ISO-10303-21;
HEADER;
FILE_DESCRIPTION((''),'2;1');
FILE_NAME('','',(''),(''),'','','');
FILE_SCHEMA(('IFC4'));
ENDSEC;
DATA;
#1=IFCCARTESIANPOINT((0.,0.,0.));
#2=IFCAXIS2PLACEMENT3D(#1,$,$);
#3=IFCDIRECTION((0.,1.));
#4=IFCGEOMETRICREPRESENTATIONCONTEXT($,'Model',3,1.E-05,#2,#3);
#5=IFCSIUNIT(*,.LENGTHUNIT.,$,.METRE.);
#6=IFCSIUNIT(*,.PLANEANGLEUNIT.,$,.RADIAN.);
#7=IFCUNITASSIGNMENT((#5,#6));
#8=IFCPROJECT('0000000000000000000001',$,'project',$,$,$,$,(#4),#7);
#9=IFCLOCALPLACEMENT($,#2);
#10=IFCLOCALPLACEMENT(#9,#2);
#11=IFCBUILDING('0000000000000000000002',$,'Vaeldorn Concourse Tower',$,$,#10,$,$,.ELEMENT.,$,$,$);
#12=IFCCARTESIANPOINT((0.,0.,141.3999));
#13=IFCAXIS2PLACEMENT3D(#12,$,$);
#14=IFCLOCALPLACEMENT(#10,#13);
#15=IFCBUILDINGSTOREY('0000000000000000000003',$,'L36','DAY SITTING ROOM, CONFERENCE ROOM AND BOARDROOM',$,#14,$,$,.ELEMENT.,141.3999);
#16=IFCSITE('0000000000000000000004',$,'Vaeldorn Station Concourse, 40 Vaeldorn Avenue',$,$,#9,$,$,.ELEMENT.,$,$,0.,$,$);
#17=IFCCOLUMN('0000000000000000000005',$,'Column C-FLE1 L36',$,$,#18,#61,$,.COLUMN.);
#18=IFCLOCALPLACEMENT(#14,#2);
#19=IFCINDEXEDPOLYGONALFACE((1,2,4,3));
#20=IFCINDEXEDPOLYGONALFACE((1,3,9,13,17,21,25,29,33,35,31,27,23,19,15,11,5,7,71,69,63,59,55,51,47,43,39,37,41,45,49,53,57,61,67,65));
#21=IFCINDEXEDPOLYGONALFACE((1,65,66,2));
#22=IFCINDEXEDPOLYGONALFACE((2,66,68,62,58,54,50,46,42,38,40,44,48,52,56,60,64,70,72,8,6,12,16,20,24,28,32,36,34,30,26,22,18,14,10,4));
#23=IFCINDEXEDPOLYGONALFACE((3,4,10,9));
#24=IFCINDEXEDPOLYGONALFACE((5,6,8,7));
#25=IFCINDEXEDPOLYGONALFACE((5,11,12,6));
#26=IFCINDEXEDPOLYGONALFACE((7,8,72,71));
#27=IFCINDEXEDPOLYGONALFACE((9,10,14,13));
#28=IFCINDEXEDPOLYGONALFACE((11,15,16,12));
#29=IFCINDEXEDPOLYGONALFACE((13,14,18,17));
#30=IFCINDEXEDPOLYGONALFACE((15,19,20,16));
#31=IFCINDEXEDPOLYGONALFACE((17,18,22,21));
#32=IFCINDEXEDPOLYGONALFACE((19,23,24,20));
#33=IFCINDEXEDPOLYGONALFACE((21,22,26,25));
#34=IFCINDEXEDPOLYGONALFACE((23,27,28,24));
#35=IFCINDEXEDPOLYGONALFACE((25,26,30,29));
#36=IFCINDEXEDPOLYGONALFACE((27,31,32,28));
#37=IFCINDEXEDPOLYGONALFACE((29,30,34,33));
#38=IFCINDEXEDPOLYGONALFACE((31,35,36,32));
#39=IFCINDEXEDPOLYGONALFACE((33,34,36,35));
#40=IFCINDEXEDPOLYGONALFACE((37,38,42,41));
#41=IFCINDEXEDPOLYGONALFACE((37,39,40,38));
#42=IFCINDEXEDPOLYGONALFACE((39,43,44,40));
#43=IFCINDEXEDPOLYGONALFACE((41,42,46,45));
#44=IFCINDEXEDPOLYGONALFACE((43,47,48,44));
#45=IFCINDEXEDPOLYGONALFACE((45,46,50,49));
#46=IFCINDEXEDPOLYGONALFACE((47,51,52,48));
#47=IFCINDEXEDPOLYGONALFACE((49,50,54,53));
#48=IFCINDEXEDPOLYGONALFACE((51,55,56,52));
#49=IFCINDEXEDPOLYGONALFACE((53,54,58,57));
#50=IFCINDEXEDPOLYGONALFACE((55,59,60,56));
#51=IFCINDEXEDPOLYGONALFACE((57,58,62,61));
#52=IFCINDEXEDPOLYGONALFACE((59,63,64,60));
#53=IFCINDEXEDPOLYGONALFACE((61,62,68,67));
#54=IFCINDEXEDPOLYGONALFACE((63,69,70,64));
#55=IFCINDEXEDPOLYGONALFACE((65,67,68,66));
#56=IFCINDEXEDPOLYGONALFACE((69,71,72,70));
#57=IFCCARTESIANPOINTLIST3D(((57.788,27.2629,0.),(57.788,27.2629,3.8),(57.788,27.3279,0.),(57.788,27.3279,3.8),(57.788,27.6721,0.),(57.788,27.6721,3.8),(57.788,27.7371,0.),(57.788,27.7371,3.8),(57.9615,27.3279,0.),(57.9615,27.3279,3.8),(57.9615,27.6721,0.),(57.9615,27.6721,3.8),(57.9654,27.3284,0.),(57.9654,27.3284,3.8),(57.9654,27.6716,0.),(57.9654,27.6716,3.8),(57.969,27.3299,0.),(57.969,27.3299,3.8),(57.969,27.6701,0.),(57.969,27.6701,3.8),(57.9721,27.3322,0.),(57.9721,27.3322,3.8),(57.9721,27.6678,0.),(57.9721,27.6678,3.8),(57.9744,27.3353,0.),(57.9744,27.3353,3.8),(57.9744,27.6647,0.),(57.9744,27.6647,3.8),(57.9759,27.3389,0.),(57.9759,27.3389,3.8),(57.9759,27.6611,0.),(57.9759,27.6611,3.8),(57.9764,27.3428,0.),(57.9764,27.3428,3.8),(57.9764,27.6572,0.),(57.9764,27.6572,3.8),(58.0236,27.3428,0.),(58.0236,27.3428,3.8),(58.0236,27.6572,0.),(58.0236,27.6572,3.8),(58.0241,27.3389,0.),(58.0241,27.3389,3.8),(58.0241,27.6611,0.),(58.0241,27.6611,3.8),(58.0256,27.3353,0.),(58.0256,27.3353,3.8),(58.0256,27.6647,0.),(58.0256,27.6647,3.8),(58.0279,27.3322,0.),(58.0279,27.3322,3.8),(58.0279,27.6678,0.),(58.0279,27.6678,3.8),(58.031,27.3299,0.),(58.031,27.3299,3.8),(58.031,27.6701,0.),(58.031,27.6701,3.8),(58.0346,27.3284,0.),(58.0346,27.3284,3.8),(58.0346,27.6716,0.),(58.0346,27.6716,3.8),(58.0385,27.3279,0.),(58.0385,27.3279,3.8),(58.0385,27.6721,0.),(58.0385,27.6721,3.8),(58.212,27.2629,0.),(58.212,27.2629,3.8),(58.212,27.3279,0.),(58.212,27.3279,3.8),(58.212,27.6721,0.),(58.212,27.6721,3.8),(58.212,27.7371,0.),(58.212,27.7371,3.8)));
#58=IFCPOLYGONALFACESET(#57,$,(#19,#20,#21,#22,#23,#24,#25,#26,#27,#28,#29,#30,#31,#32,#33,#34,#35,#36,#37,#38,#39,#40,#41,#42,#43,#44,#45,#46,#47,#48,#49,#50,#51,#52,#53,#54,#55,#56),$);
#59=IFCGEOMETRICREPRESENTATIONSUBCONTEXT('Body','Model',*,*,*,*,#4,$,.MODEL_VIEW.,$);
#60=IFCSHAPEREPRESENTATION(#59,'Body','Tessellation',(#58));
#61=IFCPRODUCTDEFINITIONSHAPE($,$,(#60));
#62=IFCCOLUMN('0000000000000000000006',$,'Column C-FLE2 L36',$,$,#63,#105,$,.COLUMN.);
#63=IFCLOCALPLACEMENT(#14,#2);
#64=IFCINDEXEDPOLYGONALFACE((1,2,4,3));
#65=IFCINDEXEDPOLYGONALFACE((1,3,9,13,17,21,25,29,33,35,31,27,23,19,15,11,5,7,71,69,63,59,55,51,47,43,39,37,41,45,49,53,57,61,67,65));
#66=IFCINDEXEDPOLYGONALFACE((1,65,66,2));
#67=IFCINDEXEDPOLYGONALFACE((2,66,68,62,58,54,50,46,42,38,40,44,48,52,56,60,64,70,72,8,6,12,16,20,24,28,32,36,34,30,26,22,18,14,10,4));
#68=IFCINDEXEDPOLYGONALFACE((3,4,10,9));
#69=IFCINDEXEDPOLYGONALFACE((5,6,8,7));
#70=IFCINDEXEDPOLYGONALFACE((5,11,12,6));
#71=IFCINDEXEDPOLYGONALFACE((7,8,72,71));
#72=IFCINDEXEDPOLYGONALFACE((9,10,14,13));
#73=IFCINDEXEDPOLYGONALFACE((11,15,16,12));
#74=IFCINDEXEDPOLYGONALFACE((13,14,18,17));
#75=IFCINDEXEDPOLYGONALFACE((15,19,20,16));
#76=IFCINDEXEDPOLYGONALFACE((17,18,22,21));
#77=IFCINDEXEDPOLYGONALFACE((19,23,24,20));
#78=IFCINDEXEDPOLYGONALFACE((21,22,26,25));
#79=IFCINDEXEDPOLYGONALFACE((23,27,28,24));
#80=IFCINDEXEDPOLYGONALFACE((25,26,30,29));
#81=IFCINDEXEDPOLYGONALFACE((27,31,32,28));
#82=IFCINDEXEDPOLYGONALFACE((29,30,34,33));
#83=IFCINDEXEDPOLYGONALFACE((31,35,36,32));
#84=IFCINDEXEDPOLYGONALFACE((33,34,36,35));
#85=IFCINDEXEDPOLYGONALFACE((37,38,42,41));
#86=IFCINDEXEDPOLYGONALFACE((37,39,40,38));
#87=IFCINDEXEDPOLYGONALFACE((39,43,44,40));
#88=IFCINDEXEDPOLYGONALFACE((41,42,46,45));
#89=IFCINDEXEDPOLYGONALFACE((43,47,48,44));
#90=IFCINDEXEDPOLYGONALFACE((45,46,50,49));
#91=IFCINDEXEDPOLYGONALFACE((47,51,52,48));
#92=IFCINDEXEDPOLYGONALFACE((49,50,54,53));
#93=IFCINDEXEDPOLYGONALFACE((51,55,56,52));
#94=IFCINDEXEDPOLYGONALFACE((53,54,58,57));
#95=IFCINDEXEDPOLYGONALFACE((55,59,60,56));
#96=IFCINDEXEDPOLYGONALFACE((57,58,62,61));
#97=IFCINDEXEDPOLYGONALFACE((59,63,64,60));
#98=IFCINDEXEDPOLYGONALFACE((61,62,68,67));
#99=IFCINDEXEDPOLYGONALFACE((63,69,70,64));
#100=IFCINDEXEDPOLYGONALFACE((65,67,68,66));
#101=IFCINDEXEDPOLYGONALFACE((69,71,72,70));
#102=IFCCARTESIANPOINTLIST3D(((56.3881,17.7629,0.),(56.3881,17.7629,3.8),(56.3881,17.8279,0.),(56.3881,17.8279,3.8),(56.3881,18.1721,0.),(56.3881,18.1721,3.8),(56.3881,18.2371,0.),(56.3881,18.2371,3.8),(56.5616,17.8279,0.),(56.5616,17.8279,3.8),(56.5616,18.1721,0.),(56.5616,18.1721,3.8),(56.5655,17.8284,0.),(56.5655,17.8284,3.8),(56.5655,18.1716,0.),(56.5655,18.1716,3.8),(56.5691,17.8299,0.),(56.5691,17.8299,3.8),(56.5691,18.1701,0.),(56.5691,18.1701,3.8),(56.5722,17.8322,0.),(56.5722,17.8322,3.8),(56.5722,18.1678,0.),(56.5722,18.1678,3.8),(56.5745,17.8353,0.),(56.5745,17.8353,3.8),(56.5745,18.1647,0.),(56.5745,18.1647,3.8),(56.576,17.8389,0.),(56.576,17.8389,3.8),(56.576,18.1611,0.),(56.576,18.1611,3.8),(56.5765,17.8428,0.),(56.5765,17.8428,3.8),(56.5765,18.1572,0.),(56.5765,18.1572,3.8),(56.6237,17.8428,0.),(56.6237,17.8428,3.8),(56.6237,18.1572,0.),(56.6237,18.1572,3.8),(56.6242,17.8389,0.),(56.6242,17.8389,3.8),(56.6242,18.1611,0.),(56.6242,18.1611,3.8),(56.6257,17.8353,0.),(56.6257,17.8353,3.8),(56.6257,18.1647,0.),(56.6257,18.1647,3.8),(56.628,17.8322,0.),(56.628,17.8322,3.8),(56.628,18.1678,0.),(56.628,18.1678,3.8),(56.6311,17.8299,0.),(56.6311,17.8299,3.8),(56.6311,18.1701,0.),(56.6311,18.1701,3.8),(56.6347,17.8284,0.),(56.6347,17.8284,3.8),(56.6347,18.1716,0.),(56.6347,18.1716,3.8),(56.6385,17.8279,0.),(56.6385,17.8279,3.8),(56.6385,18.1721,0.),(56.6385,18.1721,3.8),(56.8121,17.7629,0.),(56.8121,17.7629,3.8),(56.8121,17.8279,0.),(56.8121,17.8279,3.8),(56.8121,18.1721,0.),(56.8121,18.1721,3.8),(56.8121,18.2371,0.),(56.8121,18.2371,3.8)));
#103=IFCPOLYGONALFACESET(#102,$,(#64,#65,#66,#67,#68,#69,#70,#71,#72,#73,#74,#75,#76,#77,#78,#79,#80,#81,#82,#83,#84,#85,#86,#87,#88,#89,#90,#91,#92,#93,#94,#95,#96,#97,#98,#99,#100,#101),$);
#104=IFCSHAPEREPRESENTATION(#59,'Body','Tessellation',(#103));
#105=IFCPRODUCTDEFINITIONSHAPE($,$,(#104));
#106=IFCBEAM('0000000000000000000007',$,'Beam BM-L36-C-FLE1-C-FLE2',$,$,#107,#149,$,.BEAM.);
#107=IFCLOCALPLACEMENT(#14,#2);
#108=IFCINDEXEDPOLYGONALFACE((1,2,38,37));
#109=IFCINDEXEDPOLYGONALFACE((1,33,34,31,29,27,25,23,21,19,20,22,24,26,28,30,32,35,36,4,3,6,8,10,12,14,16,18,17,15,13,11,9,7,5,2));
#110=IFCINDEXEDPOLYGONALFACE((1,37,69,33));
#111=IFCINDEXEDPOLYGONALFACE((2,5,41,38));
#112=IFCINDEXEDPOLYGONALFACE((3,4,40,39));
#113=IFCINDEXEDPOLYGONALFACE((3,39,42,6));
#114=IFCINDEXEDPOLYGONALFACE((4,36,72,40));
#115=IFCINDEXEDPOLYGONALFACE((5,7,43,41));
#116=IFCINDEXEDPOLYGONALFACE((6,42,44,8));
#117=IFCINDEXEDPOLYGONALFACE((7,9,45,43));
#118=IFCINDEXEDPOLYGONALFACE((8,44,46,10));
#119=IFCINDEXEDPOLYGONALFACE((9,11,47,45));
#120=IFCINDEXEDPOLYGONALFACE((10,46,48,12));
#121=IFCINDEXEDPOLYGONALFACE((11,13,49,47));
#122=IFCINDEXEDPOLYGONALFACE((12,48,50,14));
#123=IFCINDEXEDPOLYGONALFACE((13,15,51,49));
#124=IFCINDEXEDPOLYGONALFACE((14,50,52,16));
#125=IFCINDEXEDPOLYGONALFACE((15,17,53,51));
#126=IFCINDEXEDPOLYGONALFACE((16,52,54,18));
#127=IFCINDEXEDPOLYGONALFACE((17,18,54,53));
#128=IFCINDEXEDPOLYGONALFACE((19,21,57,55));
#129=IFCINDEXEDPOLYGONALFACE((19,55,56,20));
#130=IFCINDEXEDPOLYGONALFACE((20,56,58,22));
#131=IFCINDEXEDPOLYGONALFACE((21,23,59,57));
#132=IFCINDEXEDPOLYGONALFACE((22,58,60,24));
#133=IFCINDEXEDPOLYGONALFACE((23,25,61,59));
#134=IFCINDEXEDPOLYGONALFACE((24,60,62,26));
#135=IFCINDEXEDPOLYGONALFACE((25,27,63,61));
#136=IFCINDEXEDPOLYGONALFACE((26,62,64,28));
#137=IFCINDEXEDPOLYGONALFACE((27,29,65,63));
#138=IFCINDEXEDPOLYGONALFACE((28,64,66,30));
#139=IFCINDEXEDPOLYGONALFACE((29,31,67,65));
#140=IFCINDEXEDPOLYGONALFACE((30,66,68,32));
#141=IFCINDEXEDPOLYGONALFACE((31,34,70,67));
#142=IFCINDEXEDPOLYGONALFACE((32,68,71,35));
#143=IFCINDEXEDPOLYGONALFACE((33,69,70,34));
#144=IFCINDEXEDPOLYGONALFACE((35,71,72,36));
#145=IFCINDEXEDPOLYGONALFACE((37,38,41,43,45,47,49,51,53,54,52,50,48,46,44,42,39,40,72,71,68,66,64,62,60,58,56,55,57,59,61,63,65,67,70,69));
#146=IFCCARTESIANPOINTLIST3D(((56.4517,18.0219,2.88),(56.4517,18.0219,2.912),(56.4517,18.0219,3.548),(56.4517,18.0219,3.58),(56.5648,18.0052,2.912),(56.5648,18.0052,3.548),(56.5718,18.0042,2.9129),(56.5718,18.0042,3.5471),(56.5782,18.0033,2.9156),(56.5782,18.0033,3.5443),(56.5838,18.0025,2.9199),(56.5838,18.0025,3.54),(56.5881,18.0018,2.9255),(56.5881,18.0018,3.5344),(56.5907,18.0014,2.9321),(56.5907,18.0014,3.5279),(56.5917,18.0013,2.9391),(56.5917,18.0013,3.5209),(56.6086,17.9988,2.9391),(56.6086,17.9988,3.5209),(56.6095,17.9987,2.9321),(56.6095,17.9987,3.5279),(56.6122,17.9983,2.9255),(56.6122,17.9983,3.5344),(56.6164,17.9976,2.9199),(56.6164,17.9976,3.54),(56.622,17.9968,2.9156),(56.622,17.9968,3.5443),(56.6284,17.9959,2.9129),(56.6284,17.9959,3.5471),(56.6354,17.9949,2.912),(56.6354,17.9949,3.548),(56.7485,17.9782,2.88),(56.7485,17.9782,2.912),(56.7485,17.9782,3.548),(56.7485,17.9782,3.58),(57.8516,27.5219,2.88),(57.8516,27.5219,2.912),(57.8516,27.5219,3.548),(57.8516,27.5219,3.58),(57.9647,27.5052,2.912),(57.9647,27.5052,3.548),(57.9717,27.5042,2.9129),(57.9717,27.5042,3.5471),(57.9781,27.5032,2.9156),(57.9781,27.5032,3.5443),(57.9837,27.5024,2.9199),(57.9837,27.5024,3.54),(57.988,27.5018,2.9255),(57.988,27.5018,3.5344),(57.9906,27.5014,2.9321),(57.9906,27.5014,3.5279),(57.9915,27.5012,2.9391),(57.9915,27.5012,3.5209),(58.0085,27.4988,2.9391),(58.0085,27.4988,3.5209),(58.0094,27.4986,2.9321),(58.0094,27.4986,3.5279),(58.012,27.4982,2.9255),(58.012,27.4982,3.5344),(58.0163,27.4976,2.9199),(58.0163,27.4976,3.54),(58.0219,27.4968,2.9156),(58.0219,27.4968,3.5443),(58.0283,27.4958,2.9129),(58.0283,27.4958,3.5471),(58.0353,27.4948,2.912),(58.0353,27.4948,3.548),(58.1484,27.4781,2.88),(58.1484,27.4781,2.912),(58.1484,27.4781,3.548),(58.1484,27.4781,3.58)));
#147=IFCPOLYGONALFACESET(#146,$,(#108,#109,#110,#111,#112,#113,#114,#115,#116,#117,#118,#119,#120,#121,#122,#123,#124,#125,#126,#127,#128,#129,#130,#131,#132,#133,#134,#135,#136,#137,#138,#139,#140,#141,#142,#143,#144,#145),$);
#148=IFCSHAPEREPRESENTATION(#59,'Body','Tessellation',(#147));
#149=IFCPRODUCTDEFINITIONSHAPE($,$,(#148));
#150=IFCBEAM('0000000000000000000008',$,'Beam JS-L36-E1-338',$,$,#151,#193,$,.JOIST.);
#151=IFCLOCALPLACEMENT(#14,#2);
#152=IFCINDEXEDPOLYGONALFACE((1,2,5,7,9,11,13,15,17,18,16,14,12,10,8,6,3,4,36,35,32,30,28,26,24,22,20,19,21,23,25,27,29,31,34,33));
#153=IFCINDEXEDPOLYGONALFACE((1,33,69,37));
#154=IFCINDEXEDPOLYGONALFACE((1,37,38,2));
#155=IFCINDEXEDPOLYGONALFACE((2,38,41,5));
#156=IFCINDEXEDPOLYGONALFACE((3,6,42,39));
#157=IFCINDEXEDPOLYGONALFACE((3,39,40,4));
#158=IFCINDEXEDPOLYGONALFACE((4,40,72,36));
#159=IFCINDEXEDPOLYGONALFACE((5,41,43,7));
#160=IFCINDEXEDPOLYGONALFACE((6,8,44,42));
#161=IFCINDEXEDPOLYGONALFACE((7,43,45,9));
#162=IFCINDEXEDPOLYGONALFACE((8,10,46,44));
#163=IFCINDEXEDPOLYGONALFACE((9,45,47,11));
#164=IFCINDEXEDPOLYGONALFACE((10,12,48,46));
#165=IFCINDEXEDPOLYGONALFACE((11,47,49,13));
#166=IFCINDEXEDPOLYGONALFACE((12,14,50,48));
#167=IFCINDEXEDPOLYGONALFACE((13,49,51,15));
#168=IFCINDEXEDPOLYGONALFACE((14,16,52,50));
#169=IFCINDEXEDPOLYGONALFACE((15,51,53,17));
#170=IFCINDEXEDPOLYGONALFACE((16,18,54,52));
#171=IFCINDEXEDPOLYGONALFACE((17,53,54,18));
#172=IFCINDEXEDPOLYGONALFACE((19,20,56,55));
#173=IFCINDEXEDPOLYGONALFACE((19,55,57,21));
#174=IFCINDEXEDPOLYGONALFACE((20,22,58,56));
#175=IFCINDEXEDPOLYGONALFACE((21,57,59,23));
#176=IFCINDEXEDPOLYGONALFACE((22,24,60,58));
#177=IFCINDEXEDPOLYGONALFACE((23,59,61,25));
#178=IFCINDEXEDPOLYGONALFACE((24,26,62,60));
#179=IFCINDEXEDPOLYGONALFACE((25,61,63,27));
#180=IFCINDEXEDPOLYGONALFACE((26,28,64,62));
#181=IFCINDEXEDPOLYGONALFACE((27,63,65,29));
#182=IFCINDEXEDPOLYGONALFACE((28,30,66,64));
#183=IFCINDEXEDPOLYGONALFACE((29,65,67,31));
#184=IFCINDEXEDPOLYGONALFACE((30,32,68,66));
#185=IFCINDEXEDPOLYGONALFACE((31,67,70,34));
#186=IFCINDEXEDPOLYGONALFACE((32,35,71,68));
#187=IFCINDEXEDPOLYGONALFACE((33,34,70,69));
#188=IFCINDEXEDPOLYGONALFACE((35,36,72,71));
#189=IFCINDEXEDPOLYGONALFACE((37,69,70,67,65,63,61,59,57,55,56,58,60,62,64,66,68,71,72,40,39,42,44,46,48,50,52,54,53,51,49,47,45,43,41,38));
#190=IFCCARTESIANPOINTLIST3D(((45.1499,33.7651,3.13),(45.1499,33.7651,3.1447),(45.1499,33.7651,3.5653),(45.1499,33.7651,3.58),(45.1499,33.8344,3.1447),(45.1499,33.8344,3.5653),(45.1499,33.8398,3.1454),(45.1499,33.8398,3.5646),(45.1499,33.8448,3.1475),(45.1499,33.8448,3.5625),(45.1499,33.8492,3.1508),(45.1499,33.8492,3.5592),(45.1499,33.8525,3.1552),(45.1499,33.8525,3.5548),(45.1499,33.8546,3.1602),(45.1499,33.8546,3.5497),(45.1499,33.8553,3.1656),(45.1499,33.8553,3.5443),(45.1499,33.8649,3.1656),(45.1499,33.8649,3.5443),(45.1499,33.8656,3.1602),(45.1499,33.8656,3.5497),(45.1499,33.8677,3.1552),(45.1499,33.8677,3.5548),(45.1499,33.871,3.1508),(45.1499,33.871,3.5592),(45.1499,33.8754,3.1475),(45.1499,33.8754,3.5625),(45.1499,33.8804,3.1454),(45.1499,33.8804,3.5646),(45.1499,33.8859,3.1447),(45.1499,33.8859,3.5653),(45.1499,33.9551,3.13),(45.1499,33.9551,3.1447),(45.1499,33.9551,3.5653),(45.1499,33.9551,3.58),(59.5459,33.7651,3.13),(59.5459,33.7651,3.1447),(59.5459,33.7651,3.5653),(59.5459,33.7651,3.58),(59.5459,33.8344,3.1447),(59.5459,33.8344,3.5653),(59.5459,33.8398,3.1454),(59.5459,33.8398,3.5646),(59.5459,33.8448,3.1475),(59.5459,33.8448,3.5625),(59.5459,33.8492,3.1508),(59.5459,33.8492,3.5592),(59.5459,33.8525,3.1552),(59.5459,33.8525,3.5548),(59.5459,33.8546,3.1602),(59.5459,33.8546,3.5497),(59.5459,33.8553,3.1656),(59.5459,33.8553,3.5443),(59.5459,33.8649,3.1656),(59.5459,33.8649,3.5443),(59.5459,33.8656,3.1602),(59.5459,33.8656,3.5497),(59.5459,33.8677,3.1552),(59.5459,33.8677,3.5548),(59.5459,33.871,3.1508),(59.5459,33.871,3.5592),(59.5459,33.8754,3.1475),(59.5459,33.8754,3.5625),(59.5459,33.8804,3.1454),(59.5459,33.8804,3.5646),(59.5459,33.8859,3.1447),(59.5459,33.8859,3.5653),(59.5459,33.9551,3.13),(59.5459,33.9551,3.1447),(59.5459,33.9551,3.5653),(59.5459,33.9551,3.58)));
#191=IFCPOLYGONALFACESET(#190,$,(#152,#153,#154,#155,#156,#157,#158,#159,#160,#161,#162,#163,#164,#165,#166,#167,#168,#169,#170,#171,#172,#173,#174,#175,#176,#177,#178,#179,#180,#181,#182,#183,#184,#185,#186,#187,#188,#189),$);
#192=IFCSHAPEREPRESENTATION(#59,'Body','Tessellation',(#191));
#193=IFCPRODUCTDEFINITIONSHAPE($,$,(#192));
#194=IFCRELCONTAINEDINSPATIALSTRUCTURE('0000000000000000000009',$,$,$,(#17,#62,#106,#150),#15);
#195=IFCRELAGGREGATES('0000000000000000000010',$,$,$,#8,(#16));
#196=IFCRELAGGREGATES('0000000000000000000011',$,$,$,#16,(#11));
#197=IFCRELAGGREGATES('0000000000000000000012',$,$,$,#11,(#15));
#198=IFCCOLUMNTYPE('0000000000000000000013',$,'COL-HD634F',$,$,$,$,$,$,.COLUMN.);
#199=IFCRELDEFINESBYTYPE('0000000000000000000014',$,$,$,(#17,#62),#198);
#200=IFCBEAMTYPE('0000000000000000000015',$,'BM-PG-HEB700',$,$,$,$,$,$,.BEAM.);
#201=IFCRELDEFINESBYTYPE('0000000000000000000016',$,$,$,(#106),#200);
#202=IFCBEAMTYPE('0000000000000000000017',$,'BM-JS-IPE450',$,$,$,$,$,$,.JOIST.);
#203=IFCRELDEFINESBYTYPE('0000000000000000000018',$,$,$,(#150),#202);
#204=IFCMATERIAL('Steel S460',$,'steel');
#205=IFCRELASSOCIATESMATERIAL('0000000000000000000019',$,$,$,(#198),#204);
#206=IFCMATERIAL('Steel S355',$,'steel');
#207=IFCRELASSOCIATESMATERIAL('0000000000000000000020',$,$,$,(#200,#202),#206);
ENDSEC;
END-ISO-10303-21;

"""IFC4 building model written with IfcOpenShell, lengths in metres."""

from ifc_helpers import new_model, si_unit, direction, frame, origin, origin_2d, place, context, subcontext, project, spatial, i_section, extrude, source, transform, mapped, material, material_profile, profile_set, type_object, element, save


model = new_model("IFC4")

# Units and contexts
model_context = context("Model", 3, precision=1e-05, world=origin(), true_north=direction((0.0, 1.0)))
body_context = subcontext(model_context, "Body", "Model", "MODEL_VIEW")
ifc_project = project(units=[si_unit("LENGTHUNIT", "METRE"), si_unit("PLANEANGLEUNIT", "RADIAN")], contexts=[model_context])

# Site, building, storey
site_placement = place(None, origin())
site = spatial("IfcSite", under=ifc_project, at=site_placement, Name="Vaeldorn Station Concourse, 40 Vaeldorn Avenue", CompositionType="ELEMENT", RefElevation=0.0)
building_placement = place(site_placement, origin())
building = spatial("IfcBuilding", under=site, at=building_placement, Name="Vaeldorn Concourse Tower", CompositionType="ELEMENT")
storey_placement = place(building_placement, frame((0.0, 0.0, 141.3999)))
storey = spatial("IfcBuildingStorey", under=building, at=storey_placement, Name="L36", Description="DAY SITTING ROOM, CONFERENCE ROOM AND BOARDROOM", CompositionType="ELEMENT", Elevation=141.3999)

# Columns
ifc_material_1 = material(Name="Steel S460", Category="steel")
ifc_material_profile_1 = material_profile(ifc_material_1, i_section(OverallWidth=0.4241, OverallDepth=0.4741, WebThickness=0.0471, FlangeThickness=0.0649, FilletRadius=0.0149, at=origin_2d()), Name="HD 400x634")
ifc_profile_set_1 = profile_set([ifc_material_profile_1], Name="Steel S460")
column_type = type_object("IfcColumnType", Name="COL-HD634F", PredefinedType="COLUMN", material=ifc_profile_set_1)
shared_shape_1 = source(origin(), body_context, "Body", "SweptSolid", [
    extrude(i_section(OverallWidth=0.4241, OverallDepth=0.4741, WebThickness=0.0471, FlangeThickness=0.0649, FilletRadius=0.0149, at=origin_2d()), origin(), (0.0, 0.0, 1.0), 3.8),
])
for number, where, z_axis, x_axis, name in (
    (1, (58.0, 27.5, 0.0), (0.0, 0.0, 1.0), (1.0, 0.0, 0.0), "Column C-FLE1 L36"),
    (2, (56.6001, 18.0, 0.0), (0.0, 0.0, 1.0), (1.0, 0.0, 0.0), "Column C-FLE2 L36"),
):
    element("IfcColumn", number, at=place(storey_placement, frame(where, z_axis=z_axis, x_axis=x_axis)), inside=storey, type_object=column_type, Name=name, PredefinedType="COLUMN", context=body_context, shape_type="MappedRepresentation", body=[
        mapped(shared_shape_1, transform((0.0, 0.0, 0.0), scale=1.0)),
    ])

# Beams
ifc_material_2 = material(Name="Steel S355", Category="steel")
ifc_material_profile_2 = material_profile(ifc_material_2, i_section(OverallWidth=0.3, OverallDepth=0.7, WebThickness=0.0171, FlangeThickness=0.032, FilletRadius=0.0271, at=origin_2d()), Name="HEB 700")
ifc_profile_set_2 = profile_set([ifc_material_profile_2], Name="Steel S355")
beam_type_1 = type_object("IfcBeamType", Name="BM-PG-HEB700", PredefinedType="BEAM", material=ifc_profile_set_2)
shared_shape_2 = source(origin(), body_context, "Body", "SweptSolid", [
    extrude(i_section(OverallWidth=0.3, OverallDepth=0.7, WebThickness=0.0171, FlangeThickness=0.032, FilletRadius=0.0271, at=origin_2d()), origin(), (0.0, 0.0, 1.0), 9.6025),
])
beam_1_placement = place(storey_placement, frame((58.0, 27.5, 3.23), z_axis=(-0.145784, -0.989316, 0.0), x_axis=(0.989316, -0.145784, 0.0)))
element("IfcBeam", 3, at=beam_1_placement, inside=storey, type_object=beam_type_1, Name="Beam BM-L36-C-FLE1-C-FLE2", PredefinedType="BEAM", context=body_context, shape_type="MappedRepresentation", body=[
    mapped(shared_shape_2, transform((0.0, 0.0, 0.0), scale=1.0)),
])
ifc_material_profile_3 = material_profile(ifc_material_2, i_section(OverallWidth=0.1899, OverallDepth=0.45, WebThickness=0.0095, FlangeThickness=0.0146, FilletRadius=0.021, at=origin_2d()), Name="IPE 450")
ifc_profile_set_3 = profile_set([ifc_material_profile_3], Name="Steel S355")
beam_type_2 = type_object("IfcBeamType", Name="BM-JS-IPE450", PredefinedType="JOIST", material=ifc_profile_set_3)
shared_shape_3 = source(origin(), body_context, "Body", "SweptSolid", [
    extrude(i_section(OverallWidth=0.1899, OverallDepth=0.45, WebThickness=0.0095, FlangeThickness=0.0146, FilletRadius=0.021, at=origin_2d()), origin(), (0.0, 0.0, 1.0), 14.396),
])
beam_2_placement = place(storey_placement, frame((45.1499, 33.8601, 3.355), z_axis=(1.0, 0.0, 0.0), x_axis=(0.0, 1.0, 0.0)))
element("IfcBeam", 4, at=beam_2_placement, inside=storey, type_object=beam_type_2, Name="Beam JS-L36-E1-338", PredefinedType="JOIST", context=body_context, shape_type="MappedRepresentation", body=[
    mapped(shared_shape_3, transform((0.0, 0.0, 0.0), scale=1.0)),
])

save(model, "model.ifc")
